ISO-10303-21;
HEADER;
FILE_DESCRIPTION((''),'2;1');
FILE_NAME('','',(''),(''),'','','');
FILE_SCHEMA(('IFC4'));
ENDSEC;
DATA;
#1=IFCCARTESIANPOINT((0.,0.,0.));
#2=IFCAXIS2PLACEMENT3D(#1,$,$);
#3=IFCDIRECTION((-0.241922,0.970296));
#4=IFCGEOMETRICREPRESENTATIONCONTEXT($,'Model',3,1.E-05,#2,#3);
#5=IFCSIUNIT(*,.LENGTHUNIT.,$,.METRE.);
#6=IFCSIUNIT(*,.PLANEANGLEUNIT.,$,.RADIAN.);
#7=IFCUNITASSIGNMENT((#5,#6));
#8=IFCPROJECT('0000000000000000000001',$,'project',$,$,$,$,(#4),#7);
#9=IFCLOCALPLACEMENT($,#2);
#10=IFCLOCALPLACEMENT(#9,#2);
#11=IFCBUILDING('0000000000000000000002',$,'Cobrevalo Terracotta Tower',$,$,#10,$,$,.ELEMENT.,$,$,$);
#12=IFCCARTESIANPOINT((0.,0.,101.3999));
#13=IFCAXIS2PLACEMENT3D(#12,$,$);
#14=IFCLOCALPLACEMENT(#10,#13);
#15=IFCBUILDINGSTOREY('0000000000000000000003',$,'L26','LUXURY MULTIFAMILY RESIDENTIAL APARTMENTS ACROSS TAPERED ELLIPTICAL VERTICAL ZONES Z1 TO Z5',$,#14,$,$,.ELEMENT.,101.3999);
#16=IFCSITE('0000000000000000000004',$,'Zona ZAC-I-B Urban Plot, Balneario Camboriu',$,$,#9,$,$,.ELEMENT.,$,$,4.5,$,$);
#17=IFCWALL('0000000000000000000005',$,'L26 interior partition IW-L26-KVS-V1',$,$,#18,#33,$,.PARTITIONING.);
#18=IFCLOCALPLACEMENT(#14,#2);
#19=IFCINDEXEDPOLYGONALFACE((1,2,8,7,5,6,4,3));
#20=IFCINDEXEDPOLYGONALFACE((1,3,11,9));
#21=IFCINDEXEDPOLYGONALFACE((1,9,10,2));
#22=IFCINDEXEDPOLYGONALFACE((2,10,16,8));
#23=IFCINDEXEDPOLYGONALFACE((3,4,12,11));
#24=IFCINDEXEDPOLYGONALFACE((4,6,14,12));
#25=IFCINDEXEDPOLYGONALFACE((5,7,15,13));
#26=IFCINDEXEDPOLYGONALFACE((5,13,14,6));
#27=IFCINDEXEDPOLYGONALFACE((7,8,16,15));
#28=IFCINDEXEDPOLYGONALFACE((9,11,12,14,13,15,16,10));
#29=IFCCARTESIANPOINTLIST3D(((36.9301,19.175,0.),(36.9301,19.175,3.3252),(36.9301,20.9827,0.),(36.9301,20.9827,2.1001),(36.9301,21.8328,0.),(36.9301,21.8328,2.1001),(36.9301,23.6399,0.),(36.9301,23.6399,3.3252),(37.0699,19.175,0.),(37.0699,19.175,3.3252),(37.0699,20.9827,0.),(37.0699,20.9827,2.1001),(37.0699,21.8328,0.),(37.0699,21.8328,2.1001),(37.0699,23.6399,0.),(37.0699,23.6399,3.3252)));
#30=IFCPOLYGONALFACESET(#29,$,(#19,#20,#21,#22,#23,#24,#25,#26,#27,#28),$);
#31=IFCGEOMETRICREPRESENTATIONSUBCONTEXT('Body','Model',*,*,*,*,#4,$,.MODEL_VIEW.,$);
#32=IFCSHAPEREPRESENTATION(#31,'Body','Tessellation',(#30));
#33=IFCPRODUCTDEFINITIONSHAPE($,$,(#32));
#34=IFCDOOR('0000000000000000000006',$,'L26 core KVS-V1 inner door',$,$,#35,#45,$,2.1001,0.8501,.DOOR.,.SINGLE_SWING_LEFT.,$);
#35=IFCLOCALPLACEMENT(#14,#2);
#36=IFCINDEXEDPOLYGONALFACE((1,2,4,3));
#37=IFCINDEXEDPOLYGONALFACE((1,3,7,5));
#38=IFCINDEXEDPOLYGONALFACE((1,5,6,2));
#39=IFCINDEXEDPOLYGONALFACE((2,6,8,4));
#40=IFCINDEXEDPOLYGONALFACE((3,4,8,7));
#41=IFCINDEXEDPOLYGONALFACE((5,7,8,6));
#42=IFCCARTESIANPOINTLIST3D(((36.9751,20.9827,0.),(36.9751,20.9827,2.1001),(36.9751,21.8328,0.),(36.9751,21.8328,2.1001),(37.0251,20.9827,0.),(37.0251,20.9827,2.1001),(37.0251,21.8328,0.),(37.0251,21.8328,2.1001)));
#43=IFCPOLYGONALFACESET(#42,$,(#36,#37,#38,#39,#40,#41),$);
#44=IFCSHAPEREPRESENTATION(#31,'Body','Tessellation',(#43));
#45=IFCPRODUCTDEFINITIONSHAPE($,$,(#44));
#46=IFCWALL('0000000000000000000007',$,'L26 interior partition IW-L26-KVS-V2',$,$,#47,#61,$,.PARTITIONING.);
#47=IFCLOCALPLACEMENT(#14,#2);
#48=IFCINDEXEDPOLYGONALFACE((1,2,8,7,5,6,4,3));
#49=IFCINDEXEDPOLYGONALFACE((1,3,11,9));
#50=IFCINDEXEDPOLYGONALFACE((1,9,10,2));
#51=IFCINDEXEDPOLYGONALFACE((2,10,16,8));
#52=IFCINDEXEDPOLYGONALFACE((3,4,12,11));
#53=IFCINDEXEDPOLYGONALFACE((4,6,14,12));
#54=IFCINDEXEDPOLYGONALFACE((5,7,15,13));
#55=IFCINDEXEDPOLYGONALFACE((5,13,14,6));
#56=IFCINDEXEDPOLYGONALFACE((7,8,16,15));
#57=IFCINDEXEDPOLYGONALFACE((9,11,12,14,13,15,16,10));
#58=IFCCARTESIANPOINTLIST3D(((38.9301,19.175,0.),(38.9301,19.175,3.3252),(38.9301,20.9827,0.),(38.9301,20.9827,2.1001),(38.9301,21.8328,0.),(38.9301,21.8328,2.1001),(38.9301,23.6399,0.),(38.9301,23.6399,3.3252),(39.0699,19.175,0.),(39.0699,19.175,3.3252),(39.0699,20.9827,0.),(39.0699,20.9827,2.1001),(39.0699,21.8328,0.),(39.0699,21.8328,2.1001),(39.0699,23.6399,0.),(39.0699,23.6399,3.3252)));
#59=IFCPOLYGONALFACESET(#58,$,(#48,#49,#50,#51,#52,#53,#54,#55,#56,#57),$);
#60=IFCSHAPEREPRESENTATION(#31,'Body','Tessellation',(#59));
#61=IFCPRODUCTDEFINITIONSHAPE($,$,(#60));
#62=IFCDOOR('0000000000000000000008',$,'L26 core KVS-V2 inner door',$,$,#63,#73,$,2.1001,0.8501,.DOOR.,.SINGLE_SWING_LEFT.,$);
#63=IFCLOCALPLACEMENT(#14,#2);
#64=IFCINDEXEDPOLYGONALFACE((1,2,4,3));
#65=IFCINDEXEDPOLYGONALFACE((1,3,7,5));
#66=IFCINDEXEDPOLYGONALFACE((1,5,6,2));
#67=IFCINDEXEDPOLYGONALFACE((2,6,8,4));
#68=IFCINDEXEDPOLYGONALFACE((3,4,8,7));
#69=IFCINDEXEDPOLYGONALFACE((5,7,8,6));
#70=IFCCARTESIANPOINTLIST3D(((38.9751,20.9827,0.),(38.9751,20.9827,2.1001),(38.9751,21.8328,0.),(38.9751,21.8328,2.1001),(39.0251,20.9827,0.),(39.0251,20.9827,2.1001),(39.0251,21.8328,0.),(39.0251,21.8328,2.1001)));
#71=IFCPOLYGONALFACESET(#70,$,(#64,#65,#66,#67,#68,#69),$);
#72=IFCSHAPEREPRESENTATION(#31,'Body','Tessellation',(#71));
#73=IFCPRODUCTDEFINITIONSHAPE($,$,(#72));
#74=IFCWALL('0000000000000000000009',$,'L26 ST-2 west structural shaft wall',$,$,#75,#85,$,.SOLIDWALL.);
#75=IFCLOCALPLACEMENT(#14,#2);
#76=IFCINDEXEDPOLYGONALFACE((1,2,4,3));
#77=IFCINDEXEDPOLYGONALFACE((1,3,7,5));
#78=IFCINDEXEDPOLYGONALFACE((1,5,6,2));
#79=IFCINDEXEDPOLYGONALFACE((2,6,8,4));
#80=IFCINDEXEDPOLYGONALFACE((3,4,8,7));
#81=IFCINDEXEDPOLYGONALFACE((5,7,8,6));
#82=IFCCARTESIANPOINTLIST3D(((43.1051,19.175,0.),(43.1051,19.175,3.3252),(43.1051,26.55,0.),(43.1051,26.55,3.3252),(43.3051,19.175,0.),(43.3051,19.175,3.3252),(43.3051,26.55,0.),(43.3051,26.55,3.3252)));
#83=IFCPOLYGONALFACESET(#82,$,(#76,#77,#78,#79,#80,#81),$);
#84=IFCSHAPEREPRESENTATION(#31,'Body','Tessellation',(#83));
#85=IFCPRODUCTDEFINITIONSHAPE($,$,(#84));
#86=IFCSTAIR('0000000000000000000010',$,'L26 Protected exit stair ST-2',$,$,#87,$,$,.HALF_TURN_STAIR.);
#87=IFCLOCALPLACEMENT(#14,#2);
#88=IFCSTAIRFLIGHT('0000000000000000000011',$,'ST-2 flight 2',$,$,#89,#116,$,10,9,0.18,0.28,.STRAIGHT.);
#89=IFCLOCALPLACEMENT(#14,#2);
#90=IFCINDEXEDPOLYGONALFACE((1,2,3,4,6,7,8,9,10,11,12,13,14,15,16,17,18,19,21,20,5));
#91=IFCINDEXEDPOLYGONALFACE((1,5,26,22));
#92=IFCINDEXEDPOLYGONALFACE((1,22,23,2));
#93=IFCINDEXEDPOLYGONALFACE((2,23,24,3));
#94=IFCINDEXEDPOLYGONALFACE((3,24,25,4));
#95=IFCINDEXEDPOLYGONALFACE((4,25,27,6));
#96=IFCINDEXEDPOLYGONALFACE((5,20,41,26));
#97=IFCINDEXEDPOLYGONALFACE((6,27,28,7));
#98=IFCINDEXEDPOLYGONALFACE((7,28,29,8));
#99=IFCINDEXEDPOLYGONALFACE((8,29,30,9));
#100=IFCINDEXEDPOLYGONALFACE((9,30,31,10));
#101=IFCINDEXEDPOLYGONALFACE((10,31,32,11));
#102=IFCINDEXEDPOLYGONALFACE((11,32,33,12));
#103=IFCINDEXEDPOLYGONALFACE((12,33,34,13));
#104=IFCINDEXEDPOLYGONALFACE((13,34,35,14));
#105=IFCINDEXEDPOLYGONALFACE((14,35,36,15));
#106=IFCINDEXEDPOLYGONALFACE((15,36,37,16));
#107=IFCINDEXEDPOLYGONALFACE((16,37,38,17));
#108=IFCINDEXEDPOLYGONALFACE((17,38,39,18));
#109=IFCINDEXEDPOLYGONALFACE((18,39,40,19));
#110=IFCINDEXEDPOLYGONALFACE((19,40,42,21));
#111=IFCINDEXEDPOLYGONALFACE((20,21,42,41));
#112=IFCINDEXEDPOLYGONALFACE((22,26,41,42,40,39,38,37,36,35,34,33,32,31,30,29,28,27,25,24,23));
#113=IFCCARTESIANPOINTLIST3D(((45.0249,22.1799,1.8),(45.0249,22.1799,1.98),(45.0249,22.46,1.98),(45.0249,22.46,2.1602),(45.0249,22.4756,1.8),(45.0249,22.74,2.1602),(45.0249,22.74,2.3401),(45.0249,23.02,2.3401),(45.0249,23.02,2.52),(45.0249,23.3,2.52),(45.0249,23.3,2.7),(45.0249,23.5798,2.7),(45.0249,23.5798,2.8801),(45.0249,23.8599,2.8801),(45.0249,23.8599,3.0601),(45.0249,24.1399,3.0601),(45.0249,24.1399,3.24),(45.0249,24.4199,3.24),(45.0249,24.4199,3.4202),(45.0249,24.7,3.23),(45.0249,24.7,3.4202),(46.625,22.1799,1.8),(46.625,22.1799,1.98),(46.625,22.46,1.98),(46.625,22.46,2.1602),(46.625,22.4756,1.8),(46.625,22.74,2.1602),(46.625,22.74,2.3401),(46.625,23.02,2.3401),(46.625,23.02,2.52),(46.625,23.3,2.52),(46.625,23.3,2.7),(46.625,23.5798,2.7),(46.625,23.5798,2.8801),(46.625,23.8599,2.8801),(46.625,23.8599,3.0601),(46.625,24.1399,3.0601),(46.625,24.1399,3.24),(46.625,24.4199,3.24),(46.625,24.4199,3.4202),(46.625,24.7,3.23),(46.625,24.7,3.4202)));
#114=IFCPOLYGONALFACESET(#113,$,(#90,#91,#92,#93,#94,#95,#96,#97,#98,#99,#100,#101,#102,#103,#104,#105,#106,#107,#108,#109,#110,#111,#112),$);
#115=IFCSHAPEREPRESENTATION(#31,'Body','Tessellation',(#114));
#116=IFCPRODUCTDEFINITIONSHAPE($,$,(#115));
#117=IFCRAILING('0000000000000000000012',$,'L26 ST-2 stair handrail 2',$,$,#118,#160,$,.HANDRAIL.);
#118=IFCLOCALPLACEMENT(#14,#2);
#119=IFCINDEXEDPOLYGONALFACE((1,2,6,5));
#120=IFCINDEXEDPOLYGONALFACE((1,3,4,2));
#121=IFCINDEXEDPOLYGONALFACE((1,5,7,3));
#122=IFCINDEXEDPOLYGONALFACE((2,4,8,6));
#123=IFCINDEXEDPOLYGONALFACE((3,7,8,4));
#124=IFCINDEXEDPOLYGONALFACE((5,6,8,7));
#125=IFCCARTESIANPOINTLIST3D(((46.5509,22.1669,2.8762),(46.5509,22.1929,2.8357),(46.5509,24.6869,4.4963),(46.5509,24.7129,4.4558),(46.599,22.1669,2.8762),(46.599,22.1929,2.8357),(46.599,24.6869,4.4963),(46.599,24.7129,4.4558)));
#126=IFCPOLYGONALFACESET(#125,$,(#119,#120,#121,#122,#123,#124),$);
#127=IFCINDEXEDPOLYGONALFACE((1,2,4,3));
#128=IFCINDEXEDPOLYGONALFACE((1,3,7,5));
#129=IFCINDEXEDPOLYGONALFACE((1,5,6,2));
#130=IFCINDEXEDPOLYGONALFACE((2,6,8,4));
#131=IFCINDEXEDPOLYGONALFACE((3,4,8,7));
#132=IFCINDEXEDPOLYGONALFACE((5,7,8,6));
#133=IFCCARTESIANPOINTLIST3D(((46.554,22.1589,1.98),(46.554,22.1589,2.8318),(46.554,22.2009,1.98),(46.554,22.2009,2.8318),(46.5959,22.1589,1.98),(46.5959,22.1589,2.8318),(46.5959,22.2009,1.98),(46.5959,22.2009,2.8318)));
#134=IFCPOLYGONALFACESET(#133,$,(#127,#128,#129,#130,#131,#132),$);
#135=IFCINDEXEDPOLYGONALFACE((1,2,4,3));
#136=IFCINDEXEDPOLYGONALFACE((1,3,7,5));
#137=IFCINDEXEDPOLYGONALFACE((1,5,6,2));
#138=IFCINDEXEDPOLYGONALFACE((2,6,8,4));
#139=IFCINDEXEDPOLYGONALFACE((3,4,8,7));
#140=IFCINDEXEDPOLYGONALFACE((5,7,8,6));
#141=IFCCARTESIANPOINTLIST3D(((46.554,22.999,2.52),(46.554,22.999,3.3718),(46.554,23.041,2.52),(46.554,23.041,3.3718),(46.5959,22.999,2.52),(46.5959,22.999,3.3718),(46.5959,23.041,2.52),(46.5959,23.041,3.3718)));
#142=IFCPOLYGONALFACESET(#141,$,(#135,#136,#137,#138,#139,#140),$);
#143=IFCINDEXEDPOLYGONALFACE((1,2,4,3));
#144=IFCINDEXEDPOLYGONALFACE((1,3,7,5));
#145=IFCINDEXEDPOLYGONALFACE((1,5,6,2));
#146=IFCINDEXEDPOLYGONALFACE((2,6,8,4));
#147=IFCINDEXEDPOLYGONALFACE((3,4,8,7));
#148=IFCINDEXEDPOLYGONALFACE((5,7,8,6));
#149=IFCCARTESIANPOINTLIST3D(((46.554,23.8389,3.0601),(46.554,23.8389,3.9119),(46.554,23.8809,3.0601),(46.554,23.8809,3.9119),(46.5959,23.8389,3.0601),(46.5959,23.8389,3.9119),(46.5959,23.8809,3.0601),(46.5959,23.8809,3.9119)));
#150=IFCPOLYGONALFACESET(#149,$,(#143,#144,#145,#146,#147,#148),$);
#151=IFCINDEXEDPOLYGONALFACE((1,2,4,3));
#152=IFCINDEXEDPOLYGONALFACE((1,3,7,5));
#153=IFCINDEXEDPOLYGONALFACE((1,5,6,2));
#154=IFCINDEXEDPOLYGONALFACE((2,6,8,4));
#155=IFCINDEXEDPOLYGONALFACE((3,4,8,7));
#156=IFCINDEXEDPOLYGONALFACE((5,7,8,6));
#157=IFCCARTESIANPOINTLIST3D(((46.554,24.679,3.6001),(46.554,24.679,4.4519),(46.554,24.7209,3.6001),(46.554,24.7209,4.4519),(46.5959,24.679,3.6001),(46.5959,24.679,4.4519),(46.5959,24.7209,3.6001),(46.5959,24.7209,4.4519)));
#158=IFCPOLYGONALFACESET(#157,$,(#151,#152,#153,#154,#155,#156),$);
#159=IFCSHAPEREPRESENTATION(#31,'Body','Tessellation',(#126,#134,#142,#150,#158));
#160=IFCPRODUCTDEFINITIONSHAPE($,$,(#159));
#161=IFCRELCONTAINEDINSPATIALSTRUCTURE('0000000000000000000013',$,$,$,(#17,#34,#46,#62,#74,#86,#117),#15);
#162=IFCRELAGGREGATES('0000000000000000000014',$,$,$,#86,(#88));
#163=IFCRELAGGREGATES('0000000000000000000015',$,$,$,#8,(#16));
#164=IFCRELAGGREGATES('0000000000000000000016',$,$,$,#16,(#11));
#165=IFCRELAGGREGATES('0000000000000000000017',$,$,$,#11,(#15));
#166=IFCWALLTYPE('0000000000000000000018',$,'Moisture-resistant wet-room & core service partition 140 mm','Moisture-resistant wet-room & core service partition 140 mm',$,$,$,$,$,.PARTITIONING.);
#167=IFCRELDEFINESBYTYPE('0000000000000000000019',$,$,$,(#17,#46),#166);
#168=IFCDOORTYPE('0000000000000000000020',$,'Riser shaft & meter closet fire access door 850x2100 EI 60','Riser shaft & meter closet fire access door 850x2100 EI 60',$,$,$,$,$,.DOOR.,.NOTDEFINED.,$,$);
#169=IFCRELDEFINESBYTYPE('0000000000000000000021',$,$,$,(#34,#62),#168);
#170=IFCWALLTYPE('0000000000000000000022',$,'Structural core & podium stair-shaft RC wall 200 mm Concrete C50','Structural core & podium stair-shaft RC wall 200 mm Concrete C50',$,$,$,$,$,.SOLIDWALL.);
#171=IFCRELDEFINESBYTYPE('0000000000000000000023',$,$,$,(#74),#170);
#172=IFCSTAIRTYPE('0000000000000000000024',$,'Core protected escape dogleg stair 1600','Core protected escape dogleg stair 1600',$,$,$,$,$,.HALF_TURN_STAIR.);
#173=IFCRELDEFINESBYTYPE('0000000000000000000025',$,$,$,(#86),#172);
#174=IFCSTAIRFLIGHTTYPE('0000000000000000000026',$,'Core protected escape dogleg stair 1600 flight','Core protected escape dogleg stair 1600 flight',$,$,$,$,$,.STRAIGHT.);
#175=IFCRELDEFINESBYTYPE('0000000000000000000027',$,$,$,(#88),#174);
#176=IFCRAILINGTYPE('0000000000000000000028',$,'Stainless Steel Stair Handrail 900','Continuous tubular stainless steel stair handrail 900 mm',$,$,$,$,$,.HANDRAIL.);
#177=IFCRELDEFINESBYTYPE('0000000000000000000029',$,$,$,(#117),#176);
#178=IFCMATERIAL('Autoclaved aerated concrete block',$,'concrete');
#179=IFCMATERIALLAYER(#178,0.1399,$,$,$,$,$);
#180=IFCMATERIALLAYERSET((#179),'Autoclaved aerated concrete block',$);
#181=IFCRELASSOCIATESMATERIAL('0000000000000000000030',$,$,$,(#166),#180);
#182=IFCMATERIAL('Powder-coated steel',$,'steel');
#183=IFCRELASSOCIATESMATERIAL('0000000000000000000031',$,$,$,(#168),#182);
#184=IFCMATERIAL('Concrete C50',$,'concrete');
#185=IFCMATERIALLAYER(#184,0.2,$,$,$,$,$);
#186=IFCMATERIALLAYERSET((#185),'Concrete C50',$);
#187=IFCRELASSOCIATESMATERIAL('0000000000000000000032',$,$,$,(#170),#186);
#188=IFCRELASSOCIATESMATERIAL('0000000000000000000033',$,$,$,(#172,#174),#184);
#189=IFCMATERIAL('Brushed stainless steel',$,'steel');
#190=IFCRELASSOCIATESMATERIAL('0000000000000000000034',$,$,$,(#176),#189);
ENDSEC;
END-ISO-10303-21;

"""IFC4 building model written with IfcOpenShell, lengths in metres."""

from ifc_helpers import new_model, si_unit, direction, frame, frame_2d, origin, origin_2d, place, context, subcontext, project, spatial, polyline, rectangle, outline, extrude, source, transform, mapped, material, layer, layer_set, type_object, element, fill, aggregate, save


model = new_model("IFC4")

# Units and contexts
model_context = context("Model", 3, precision=1e-05, world=origin(), true_north=direction((-0.241922, 0.970296)))
body_context = subcontext(model_context, "Body", "Model", "MODEL_VIEW")
ifc_project = project(units=[si_unit("LENGTHUNIT", "METRE"), si_unit("PLANEANGLEUNIT", "RADIAN")], contexts=[model_context])

# Site, building, storey
site_placement = place(None, origin())
site = spatial("IfcSite", under=ifc_project, at=site_placement, Name="Zona ZAC-I-B Urban Plot, Balneario Camboriu", CompositionType="ELEMENT", RefElevation=4.5)
building_placement = place(site_placement, origin())
building = spatial("IfcBuilding", under=site, at=building_placement, Name="Cobrevalo Terracotta Tower", CompositionType="ELEMENT")
storey_placement = place(building_placement, frame((0.0, 0.0, 101.3999)))
storey = spatial("IfcBuildingStorey", under=building, at=storey_placement, Name="L26", Description="LUXURY MULTIFAMILY RESIDENTIAL APARTMENTS ACROSS TAPERED ELLIPTICAL VERTICAL ZONES Z1 TO Z5", CompositionType="ELEMENT", Elevation=101.3999)

# Shared definitions
ifc_material_1 = material(Name="Autoclaved aerated concrete block", Category="concrete")

# Shared definitions
ifc_layer_1 = layer(ifc_material_1, 0.1399)
ifc_layer_set_1 = layer_set([ifc_layer_1], Name="Autoclaved aerated concrete block")
wall_type_1 = type_object("IfcWallType", Name="Moisture-resistant wet-room & core service partition 140 mm", Description="Moisture-resistant wet-room & core service partition 140 mm", PredefinedType="PARTITIONING", material=ifc_layer_set_1)

# Walls, openings, doors
wall_1_placement = place(storey_placement, frame((37.0, 19.175, 0.0), z_axis=(0.0, 0.0, 1.0), x_axis=(0.0, 1.0, 0.0)))
wall_1 = element("IfcWall", 1, at=wall_1_placement, inside=storey, type_object=wall_type_1, Name="L26 interior partition IW-L26-KVS-V1", PredefinedType="PARTITIONING", context=body_context, shape_type="SweptSolid", body=[
    extrude(rectangle(XDim=4.4648, YDim=0.1399, at=frame_2d((2.2324, 0.0))), origin(), (0.0, 0.0, 1.0), 3.3252),
])
opening_1_placement = place(wall_1_placement, frame((1.8076, 0.0, 0.0)))
opening_1 = element("IfcOpeningElement", 2, at=opening_1_placement, cuts=wall_1, PredefinedType="OPENING", context=body_context, shape_type="SweptSolid", body=[
    extrude(rectangle(XDim=0.8501, YDim=2.1001, at=frame_2d((0.425, 1.05))), frame((0.0, 0.0801, 0.0), z_axis=(0.0, -1.0, 0.0), x_axis=(1.0, 0.0, 0.0)), (0.0, 0.0, 1.0), 0.1599),
])
ifc_material_2 = material(Name="Powder-coated steel", Category="steel")
door_type_1 = type_object("IfcDoorType", Name="Riser shaft & meter closet fire access door 850x2100 EI 60", Description="Riser shaft & meter closet fire access door 850x2100 EI 60", OperationType="NOTDEFINED", PredefinedType="DOOR", material=ifc_material_2)
shared_shape_1 = source(origin(), body_context, "Body", "SweptSolid", [
    extrude(rectangle(XDim=0.8501, YDim=2.1001, at=frame_2d((0.425, 1.05))), frame((0.0, 0.0249, 0.0), z_axis=(0.0, -1.0, 0.0), x_axis=(1.0, 0.0, 0.0)), (0.0, 0.0, 1.0), 0.05),
])
door_1_placement = place(opening_1_placement, origin())
door_1 = element("IfcDoor", 3, at=door_1_placement, inside=storey, type_object=door_type_1, Name="L26 core KVS-V1 inner door", OperationType="SINGLE_SWING_LEFT", OverallHeight=2.1001, OverallWidth=0.8501, PredefinedType="DOOR", context=body_context, shape_type="MappedRepresentation", body=[
    mapped(shared_shape_1, transform((0.0, 0.0, 0.0), scale=1.0)),
])
fill(opening_1, door_1)
wall_2_placement = place(storey_placement, frame((39.0, 19.175, 0.0), z_axis=(0.0, 0.0, 1.0), x_axis=(0.0, 1.0, 0.0)))
wall_2 = element("IfcWall", 4, at=wall_2_placement, inside=storey, type_object=wall_type_1, Name="L26 interior partition IW-L26-KVS-V2", PredefinedType="PARTITIONING", context=body_context, shape_type="SweptSolid", body=[
    extrude(rectangle(XDim=4.4648, YDim=0.1399, at=frame_2d((2.2324, 0.0))), origin(), (0.0, 0.0, 1.0), 3.3252),
])
opening_2_placement = place(wall_2_placement, frame((1.8076, 0.0, 0.0)))
opening_2 = element("IfcOpeningElement", 5, at=opening_2_placement, cuts=wall_2, PredefinedType="OPENING", context=body_context, shape_type="SweptSolid", body=[
    extrude(rectangle(XDim=0.8501, YDim=2.1001, at=frame_2d((0.425, 1.05))), frame((0.0, 0.0801, 0.0), z_axis=(0.0, -1.0, 0.0), x_axis=(1.0, 0.0, 0.0)), (0.0, 0.0, 1.0), 0.1599),
])
door_2_placement = place(opening_2_placement, origin())
door_2 = element("IfcDoor", 6, at=door_2_placement, inside=storey, type_object=door_type_1, Name="L26 core KVS-V2 inner door", OperationType="SINGLE_SWING_LEFT", OverallHeight=2.1001, OverallWidth=0.8501, PredefinedType="DOOR", context=body_context, shape_type="MappedRepresentation", body=[
    mapped(shared_shape_1, transform((0.0, 0.0, 0.0), scale=1.0)),
])
fill(opening_2, door_2)

# Wall
ifc_material_3 = material(Name="Concrete C50", Category="concrete")
ifc_layer_2 = layer(ifc_material_3, 0.2)
ifc_layer_set_2 = layer_set([ifc_layer_2], Name="Concrete C50")
wall_type_2 = type_object("IfcWallType", Name="Structural core & podium stair-shaft RC wall 200 mm Concrete C50", Description="Structural core & podium stair-shaft RC wall 200 mm Concrete C50", PredefinedType="SOLIDWALL", material=ifc_layer_set_2)
wall_3_placement = place(storey_placement, frame((43.2051, 19.175, 0.0), z_axis=(0.0, 0.0, 1.0), x_axis=(0.0, 1.0, 0.0)))
element("IfcWall", 7, at=wall_3_placement, inside=storey, type_object=wall_type_2, Name="L26 ST-2 west structural shaft wall", PredefinedType="SOLIDWALL", context=body_context, shape_type="SweptSolid", body=[
    extrude(rectangle(XDim=7.375, YDim=0.2, at=frame_2d((3.6875, 0.0))), origin(), (0.0, 0.0, 1.0), 3.3252),
])

# Stair, stair flight
stair_type = type_object("IfcStairType", Name="Core protected escape dogleg stair 1600", Description="Core protected escape dogleg stair 1600", PredefinedType="HALF_TURN_STAIR", material=ifc_material_3)
stair_placement = place(storey_placement, origin())
stair = element("IfcStair", 8, at=stair_placement, inside=storey, type_object=stair_type, Name="L26 Protected exit stair ST-2", PredefinedType="HALF_TURN_STAIR")
stair_flight_type = type_object("IfcStairFlightType", Name="Core protected escape dogleg stair 1600 flight", Description="Core protected escape dogleg stair 1600 flight", PredefinedType="STRAIGHT", material=ifc_material_3)
stair_flight_placement = place(storey_placement, frame((45.825, 22.1799, 1.8), z_axis=(0.0, 0.0, 1.0), x_axis=(0.0, 1.0, 0.0)))
stair_flight = element("IfcStairFlight", 9, at=stair_flight_placement, type_object=stair_flight_type, Name="ST-2 flight 2", NumberOfRisers=10, NumberOfTreads=9, PredefinedType="STRAIGHT", RiserHeight=0.18, TreadLength=0.28, context=body_context, shape_type="SweptSolid", body=[
    extrude(outline(polyline([(0.0, 0.0), (0.0, 0.1799), (0.28, 0.1799), (0.28, 0.3601), (0.5601, 0.3601), (0.5601, 0.54), (0.8401, 0.54), (0.8401, 0.72), (1.1201, 0.72), (1.1201, 0.8999), (1.3999, 0.8999), (1.3999, 1.0801), (1.6799, 1.0801), (1.6799, 1.26), (1.96, 1.26), (1.96, 1.4399), (2.24, 1.4399), (2.24, 1.6201), (2.52, 1.6201), (2.52, 1.8), (2.52, 1.4299), (0.2957, 0.0), (0.0, 0.0)])), frame((0.0, 0.8, 0.0), z_axis=(0.0, -1.0, 0.0), x_axis=(1.0, 0.0, 0.0)), (0.0, 0.0, 1.0), 1.6001),
])
aggregate(stair, [stair_flight])

# Railing
ifc_material_4 = material(Name="Brushed stainless steel", Category="steel")
railing_type_1 = type_object("IfcRailingType", Name="Stainless Steel Stair Handrail 900", Description="Continuous tubular stainless steel stair handrail 900 mm", PredefinedType="HANDRAIL", material=ifc_material_4)
railing_1_placement = place(storey_placement, frame((46.575, 22.1799, 1.98)))
element("IfcRailing", 10, at=railing_1_placement, inside=storey, type_object=railing_type_1, Name="L26 ST-2 stair handrail 2", PredefinedType="HANDRAIL", context=body_context, shape_type="SweptSolid", body=[
    extrude(rectangle(XDim=0.0481, YDim=0.0481, at=origin_2d()), frame((0.0, 0.0, 0.876), z_axis=(0.0, 0.841163, 0.540782), x_axis=(-1.0, 0.0, 0.0)), (0.0, 0.0, 1.0), 2.9958),
    extrude(rectangle(XDim=0.042, YDim=0.042, at=origin_2d()), origin(), (0.0, 0.0, 1.0), 0.8518),
    extrude(rectangle(XDim=0.042, YDim=0.042, at=origin_2d()), frame((0.0, 0.8401, 0.54)), (0.0, 0.0, 1.0), 0.8518),
    extrude(rectangle(XDim=0.042, YDim=0.042, at=origin_2d()), frame((0.0, 1.6799, 1.0801)), (0.0, 0.0, 1.0), 0.8518),
    extrude(rectangle(XDim=0.042, YDim=0.042, at=origin_2d()), frame((0.0, 2.52, 1.6201)), (0.0, 0.0, 1.0), 0.8518),
])

save(model, "model.ifc")
